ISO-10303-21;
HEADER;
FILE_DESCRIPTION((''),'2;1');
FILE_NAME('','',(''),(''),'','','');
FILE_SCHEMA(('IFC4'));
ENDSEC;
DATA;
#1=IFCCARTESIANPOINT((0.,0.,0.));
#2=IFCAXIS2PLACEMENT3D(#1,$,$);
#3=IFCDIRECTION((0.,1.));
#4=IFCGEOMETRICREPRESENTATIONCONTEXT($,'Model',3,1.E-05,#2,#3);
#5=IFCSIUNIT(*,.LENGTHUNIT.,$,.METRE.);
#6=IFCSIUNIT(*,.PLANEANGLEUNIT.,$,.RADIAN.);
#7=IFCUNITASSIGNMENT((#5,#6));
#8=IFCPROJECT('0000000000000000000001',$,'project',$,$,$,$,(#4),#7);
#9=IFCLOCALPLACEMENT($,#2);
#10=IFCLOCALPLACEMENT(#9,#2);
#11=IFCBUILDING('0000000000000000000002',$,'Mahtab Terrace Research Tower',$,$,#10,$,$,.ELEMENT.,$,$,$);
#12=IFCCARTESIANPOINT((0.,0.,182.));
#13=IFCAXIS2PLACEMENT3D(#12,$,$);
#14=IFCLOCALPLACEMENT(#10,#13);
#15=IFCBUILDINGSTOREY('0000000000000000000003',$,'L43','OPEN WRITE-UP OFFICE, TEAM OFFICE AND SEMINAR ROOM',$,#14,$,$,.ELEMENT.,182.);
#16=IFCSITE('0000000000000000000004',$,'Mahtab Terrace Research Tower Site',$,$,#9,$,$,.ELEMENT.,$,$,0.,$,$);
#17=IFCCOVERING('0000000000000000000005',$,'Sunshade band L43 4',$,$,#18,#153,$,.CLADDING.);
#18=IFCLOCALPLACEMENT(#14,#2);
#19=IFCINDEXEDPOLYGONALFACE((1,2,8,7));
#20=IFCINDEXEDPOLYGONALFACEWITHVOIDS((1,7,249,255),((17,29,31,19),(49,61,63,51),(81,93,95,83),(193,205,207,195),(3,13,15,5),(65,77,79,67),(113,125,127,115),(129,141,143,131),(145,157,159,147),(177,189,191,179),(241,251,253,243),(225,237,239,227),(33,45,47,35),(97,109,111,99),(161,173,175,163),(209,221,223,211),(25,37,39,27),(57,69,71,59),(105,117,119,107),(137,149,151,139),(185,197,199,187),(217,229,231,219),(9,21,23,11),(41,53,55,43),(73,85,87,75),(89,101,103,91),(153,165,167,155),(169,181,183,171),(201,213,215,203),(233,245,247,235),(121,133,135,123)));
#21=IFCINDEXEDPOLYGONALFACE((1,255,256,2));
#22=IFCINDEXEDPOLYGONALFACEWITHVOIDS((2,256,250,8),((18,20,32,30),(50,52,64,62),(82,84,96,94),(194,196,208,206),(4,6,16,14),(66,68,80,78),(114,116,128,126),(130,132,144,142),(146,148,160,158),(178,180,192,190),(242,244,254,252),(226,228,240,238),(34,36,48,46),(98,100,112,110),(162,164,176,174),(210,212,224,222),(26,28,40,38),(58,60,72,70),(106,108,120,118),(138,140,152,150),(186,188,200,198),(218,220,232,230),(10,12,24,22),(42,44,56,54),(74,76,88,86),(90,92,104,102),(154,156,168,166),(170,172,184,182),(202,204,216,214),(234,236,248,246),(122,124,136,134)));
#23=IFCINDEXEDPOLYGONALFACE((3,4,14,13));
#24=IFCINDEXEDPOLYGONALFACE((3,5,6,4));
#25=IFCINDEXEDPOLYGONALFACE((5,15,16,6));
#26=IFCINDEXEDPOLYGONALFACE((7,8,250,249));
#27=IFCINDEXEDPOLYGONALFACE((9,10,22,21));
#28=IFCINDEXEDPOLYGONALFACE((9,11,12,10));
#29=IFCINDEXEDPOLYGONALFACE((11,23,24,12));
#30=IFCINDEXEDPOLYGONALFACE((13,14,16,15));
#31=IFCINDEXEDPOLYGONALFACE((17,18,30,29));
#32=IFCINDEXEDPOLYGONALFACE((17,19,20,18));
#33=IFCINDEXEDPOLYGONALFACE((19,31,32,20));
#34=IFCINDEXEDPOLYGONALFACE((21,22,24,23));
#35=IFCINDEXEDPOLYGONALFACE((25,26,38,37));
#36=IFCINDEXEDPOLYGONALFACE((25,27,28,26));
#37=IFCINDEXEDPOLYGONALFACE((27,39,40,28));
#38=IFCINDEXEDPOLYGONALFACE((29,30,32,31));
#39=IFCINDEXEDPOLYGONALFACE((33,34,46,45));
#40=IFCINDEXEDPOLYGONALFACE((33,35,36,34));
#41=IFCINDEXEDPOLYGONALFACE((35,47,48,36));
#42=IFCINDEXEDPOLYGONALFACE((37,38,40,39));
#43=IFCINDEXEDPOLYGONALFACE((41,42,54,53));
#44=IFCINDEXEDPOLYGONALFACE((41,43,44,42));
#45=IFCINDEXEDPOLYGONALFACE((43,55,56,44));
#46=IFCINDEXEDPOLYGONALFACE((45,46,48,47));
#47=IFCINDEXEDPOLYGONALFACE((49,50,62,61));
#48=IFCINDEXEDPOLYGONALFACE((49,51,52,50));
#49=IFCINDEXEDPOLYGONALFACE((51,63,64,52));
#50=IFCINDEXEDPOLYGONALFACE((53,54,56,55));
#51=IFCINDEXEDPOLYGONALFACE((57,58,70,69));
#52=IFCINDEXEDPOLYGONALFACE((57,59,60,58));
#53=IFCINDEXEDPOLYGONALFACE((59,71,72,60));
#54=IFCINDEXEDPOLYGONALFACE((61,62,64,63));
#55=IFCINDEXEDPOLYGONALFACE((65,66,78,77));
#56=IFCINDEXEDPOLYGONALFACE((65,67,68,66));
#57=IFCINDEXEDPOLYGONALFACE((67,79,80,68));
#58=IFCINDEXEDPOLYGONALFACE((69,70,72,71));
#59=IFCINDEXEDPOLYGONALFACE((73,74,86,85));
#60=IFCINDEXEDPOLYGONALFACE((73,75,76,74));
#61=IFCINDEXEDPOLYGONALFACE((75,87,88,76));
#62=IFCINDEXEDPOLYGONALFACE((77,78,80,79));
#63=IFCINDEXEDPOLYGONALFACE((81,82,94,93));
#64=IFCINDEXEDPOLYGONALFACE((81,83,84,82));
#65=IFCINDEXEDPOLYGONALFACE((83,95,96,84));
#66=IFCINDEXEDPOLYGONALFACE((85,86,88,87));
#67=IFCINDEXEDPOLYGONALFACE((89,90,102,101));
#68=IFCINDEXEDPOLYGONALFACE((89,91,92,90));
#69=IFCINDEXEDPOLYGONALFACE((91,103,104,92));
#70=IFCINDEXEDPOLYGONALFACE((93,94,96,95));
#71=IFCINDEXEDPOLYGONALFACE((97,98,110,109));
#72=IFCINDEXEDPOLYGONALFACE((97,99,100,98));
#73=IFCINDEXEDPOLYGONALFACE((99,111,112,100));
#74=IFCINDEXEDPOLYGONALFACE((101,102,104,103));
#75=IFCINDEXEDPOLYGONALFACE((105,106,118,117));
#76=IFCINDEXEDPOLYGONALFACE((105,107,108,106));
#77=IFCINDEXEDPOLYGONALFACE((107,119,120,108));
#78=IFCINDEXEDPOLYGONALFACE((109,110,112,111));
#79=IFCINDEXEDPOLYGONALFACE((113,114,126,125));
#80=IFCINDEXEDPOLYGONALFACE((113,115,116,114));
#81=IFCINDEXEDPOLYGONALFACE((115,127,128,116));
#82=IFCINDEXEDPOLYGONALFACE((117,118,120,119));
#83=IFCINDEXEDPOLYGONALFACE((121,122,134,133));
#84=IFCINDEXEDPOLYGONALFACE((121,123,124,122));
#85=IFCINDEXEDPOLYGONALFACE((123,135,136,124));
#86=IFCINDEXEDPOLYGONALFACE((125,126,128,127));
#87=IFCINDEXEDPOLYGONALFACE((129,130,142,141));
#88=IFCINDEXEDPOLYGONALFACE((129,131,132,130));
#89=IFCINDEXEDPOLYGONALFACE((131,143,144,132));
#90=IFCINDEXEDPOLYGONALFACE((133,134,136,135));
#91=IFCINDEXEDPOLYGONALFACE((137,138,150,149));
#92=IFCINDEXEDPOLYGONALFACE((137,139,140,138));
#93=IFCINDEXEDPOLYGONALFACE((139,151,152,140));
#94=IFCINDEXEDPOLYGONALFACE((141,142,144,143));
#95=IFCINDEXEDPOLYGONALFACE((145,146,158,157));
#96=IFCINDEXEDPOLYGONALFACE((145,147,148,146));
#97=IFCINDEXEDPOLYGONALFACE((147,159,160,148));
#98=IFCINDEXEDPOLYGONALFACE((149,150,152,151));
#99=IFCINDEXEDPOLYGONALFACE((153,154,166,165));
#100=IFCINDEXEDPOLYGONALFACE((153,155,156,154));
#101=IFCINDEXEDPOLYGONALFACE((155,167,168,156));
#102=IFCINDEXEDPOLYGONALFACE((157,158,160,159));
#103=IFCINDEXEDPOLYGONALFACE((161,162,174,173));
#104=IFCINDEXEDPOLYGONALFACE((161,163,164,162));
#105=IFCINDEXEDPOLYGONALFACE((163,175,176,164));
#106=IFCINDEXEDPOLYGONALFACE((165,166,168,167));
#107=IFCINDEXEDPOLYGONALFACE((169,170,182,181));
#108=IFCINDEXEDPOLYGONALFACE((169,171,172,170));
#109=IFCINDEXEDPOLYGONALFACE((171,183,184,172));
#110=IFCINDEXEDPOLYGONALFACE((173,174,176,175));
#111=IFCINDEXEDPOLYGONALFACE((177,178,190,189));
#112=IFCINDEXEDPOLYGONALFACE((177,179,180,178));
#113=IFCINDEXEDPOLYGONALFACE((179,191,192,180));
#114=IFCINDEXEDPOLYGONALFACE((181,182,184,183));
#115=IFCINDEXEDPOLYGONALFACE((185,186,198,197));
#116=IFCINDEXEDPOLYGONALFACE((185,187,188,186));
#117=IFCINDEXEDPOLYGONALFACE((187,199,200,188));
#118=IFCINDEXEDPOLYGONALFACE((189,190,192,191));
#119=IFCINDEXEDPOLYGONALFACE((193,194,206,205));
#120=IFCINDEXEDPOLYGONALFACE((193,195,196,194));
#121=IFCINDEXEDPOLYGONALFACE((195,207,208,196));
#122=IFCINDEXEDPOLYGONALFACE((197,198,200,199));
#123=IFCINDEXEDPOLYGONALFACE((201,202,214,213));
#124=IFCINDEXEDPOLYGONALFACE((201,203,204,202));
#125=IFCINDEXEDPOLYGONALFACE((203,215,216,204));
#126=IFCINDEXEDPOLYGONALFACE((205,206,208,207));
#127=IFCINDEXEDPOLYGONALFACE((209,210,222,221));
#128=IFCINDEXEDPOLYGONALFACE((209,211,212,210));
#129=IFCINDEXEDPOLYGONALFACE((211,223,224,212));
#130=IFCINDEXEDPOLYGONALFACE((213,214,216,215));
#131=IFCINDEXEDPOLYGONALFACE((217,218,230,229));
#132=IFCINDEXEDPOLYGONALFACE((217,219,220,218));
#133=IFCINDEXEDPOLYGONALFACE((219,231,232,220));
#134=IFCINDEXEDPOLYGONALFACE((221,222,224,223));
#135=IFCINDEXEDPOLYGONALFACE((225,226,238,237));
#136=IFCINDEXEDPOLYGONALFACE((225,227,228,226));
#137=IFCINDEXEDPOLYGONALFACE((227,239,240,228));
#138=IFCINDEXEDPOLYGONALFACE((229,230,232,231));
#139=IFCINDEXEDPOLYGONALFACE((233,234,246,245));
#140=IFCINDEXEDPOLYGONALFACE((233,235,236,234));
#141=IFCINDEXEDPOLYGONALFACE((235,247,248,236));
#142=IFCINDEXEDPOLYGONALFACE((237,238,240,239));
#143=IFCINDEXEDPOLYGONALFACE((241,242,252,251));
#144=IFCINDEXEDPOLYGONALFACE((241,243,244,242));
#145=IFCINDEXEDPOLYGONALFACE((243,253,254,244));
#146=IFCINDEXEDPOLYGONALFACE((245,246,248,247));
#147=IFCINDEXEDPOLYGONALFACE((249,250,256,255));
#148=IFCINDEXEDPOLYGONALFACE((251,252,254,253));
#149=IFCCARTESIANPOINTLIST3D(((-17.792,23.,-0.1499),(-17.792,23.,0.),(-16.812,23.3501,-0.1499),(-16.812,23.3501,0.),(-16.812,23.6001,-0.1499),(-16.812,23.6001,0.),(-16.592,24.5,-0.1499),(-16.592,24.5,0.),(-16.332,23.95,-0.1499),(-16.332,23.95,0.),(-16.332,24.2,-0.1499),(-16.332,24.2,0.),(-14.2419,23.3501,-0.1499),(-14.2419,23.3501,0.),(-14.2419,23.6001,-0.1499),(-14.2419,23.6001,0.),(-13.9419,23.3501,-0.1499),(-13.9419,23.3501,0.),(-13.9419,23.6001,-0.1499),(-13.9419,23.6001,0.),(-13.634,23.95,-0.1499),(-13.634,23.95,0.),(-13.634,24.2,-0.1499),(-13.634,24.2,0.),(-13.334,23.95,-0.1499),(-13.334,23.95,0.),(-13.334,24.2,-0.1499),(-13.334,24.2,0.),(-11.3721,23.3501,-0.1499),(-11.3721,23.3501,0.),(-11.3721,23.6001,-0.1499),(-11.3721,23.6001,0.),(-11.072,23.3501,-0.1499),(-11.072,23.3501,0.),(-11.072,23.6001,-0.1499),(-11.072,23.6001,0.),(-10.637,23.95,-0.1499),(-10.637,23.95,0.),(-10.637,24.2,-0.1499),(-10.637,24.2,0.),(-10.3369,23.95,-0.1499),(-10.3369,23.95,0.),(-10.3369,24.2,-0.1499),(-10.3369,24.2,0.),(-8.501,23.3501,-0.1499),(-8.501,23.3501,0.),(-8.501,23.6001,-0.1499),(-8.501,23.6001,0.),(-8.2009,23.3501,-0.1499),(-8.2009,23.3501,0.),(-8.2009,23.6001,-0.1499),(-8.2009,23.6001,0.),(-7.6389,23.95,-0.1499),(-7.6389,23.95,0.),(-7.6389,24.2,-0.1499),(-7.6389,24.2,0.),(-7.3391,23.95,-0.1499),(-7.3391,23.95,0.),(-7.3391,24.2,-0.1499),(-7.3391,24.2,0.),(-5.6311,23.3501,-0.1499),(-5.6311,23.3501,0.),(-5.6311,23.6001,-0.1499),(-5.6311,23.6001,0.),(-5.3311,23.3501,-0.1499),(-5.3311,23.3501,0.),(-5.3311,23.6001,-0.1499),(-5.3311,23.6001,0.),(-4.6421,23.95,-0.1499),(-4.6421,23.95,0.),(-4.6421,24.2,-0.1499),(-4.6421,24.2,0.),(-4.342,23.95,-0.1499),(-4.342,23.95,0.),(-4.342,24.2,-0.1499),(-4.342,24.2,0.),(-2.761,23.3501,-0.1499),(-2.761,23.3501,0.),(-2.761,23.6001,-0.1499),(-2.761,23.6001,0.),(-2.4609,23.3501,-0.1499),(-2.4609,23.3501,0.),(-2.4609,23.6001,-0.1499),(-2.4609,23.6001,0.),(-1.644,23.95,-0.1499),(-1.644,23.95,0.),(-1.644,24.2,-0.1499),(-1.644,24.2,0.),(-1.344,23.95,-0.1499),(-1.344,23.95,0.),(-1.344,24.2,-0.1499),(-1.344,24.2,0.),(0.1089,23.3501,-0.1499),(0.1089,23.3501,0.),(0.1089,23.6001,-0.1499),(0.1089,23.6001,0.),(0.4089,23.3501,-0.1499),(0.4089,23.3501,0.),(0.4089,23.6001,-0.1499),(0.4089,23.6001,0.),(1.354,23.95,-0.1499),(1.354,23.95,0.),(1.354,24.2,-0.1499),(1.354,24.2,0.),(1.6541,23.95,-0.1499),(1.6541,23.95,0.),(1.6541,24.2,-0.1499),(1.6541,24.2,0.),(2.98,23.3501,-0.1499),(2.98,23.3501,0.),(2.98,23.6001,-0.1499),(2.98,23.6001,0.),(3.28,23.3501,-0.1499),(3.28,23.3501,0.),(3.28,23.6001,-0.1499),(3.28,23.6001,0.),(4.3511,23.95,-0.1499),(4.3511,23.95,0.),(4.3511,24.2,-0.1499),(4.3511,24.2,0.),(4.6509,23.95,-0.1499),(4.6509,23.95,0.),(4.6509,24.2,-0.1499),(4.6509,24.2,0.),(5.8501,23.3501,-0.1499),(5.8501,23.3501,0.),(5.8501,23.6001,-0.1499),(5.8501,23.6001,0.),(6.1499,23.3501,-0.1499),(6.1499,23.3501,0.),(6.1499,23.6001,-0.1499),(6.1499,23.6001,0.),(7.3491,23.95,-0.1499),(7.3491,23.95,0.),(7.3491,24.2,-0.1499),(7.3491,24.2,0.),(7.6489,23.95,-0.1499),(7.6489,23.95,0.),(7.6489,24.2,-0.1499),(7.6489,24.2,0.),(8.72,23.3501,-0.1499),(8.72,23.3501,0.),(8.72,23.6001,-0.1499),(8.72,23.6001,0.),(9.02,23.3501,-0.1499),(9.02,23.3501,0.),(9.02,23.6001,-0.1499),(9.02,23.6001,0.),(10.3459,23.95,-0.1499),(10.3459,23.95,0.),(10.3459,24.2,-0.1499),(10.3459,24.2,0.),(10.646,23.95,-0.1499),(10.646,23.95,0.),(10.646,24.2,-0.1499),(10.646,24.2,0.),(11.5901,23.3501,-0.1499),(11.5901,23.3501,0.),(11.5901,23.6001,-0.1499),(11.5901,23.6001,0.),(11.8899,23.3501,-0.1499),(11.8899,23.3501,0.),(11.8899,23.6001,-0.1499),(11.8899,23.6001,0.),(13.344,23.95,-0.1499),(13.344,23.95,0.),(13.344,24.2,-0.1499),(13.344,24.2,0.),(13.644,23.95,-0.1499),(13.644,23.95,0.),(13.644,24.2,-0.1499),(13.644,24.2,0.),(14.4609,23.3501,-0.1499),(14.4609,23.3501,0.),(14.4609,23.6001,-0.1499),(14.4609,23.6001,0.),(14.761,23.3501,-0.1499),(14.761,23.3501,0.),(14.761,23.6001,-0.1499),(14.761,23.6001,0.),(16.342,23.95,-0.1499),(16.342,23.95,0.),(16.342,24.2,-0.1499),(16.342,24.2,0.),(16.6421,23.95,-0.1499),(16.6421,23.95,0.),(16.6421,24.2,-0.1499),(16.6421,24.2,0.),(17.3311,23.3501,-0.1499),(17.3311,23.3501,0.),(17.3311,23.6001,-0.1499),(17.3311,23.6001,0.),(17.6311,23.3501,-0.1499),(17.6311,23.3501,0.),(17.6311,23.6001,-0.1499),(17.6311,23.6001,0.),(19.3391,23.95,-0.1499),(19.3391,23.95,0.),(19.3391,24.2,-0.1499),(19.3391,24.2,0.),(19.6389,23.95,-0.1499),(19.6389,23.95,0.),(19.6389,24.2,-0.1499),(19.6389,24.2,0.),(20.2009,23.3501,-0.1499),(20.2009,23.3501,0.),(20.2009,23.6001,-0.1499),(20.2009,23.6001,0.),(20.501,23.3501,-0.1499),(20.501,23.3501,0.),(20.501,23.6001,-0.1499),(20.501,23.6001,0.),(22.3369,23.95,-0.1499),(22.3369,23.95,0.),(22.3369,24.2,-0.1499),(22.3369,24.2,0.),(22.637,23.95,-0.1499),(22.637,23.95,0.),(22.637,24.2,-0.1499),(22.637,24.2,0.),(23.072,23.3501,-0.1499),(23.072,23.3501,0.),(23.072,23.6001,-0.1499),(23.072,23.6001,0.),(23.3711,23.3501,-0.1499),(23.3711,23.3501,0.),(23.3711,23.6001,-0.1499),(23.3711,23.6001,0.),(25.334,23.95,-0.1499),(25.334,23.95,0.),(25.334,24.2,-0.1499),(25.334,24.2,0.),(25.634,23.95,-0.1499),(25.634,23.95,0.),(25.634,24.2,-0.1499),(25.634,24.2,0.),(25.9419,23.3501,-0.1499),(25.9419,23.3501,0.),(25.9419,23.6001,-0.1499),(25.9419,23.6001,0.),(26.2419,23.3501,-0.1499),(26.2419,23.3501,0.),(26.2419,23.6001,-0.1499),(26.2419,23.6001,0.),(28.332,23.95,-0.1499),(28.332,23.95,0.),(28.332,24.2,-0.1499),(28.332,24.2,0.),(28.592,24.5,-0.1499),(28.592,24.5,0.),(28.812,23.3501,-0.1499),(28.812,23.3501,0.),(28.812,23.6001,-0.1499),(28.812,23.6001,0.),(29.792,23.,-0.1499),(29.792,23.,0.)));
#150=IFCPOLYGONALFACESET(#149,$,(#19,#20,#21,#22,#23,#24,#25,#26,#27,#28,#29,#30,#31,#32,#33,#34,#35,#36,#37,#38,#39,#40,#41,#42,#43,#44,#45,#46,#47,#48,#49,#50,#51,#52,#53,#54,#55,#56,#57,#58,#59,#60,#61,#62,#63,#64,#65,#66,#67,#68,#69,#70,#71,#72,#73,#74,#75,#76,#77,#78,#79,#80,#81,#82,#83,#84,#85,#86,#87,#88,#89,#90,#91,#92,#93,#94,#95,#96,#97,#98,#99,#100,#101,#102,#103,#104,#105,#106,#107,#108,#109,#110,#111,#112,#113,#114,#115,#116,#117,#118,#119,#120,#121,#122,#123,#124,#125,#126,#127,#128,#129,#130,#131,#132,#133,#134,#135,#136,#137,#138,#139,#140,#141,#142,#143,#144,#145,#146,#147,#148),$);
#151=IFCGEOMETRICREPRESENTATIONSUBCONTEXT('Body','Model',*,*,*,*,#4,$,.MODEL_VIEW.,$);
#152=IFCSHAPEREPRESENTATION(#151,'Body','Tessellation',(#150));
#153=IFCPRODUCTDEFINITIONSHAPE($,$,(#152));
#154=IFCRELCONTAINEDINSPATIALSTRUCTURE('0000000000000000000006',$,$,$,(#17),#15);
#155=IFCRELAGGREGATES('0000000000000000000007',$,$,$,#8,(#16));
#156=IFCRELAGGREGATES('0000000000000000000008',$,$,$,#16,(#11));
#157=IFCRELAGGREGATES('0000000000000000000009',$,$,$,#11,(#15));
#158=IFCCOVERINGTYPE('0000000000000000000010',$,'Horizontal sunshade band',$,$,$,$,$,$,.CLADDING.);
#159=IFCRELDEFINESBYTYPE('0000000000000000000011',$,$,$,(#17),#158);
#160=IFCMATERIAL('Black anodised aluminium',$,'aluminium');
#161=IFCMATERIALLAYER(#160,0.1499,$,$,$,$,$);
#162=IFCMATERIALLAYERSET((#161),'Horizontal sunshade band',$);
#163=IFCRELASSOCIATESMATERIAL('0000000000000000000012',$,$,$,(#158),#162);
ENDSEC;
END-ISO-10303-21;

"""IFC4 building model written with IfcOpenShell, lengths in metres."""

from ifc_helpers import new_model, si_unit, direction, frame, origin, place, context, subcontext, project, spatial, polyline, outline, extrude, material, layer, layer_set, type_object, element, save


model = new_model("IFC4")

# Units and contexts
model_context = context("Model", 3, precision=1e-05, world=origin(), true_north=direction((0.0, 1.0)))
body_context = subcontext(model_context, "Body", "Model", "MODEL_VIEW")
ifc_project = project(units=[si_unit("LENGTHUNIT", "METRE"), si_unit("PLANEANGLEUNIT", "RADIAN")], contexts=[model_context])

# Site, building, storey
site_placement = place(None, origin())
site = spatial("IfcSite", under=ifc_project, at=site_placement, Name="Mahtab Terrace Research Tower Site", CompositionType="ELEMENT", RefElevation=0.0)
building_placement = place(site_placement, origin())
building = spatial("IfcBuilding", under=site, at=building_placement, Name="Mahtab Terrace Research Tower", CompositionType="ELEMENT")
storey_placement = place(building_placement, frame((0.0, 0.0, 182.0)))
storey = spatial("IfcBuildingStorey", under=building, at=storey_placement, Name="L43", Description="OPEN WRITE-UP OFFICE, TEAM OFFICE AND SEMINAR ROOM", CompositionType="ELEMENT", Elevation=182.0)

# Covering
ifc_material_1 = material(Name="Black anodised aluminium", Category="aluminium")
ifc_layer_1 = layer(ifc_material_1, 0.1499)
ifc_layer_set_1 = layer_set([ifc_layer_1], Name="Horizontal sunshade band")
covering_type = type_object("IfcCoveringType", Name="Horizontal sunshade band", PredefinedType="CLADDING", material=ifc_layer_set_1)
covering_1_placement = place(storey_placement, frame((0.0, 0.0, -0.1499)))
element("IfcCovering", 1, at=covering_1_placement, inside=storey, type_object=covering_type, Name="Sunshade band L43 4", PredefinedType="CLADDING", context=body_context, shape_type="SweptSolid", body=[
    extrude(outline(polyline([(29.792, 23.0), (-17.792, 23.0), (-16.592, 24.5), (28.592, 24.5), (29.792, 23.0)]), holes=[polyline([(28.812, 23.3501), (26.2419, 23.3501), (26.2419, 23.6001), (28.812, 23.6001), (28.812, 23.3501)]), polyline([(25.9419, 23.3501), (23.3711, 23.3501), (23.3711, 23.6001), (25.9419, 23.6001), (25.9419, 23.3501)]), polyline([(23.072, 23.3501), (20.501, 23.3501), (20.501, 23.6001), (23.072, 23.6001), (23.072, 23.3501)]), polyline([(20.2009, 23.3501), (17.6311, 23.3501), (17.6311, 23.6001), (20.2009, 23.6001), (20.2009, 23.3501)]), polyline([(17.3311, 23.3501), (14.761, 23.3501), (14.761, 23.6001), (17.3311, 23.6001), (17.3311, 23.3501)]), polyline([(14.4609, 23.3501), (11.8899, 23.3501), (11.8899, 23.6001), (14.4609, 23.6001), (14.4609, 23.3501)]), polyline([(11.5901, 23.3501), (9.02, 23.3501), (9.02, 23.6001), (11.5901, 23.6001), (11.5901, 23.3501)]), polyline([(8.72, 23.3501), (6.1499, 23.3501), (6.1499, 23.6001), (8.72, 23.6001), (8.72, 23.3501)]), polyline([(5.8501, 23.3501), (3.28, 23.3501), (3.28, 23.6001), (5.8501, 23.6001), (5.8501, 23.3501)]), polyline([(2.98, 23.3501), (0.4089, 23.3501), (0.4089, 23.6001), (2.98, 23.6001), (2.98, 23.3501)]), polyline([(0.1089, 23.3501), (-2.4609, 23.3501), (-2.4609, 23.6001), (0.1089, 23.6001), (0.1089, 23.3501)]), polyline([(-2.761, 23.3501), (-5.3311, 23.3501), (-5.3311, 23.6001), (-2.761, 23.6001), (-2.761, 23.3501)]), polyline([(-5.6311, 23.3501), (-8.2009, 23.3501), (-8.2009, 23.6001), (-5.6311, 23.6001), (-5.6311, 23.3501)]), polyline([(-8.501, 23.3501), (-11.072, 23.3501), (-11.072, 23.6001), (-8.501, 23.6001), (-8.501, 23.3501)]), polyline([(-11.3721, 23.3501), (-13.9419, 23.3501), (-13.9419, 23.6001), (-11.3721, 23.6001), (-11.3721, 23.3501)]), polyline([(-14.2419, 23.3501), (-16.812, 23.3501), (-16.812, 23.6001), (-14.2419, 23.6001), (-14.2419, 23.3501)]), polyline([(28.332, 23.95), (25.634, 23.95), (25.634, 24.2), (28.332, 24.2), (28.332, 23.95)]), polyline([(25.334, 23.95), (22.637, 23.95), (22.637, 24.2), (25.334, 24.2), (25.334, 23.95)]), polyline([(22.3369, 23.95), (19.6389, 23.95), (19.6389, 24.2), (22.3369, 24.2), (22.3369, 23.95)]), polyline([(19.3391, 23.95), (16.6421, 23.95), (16.6421, 24.2), (19.3391, 24.2), (19.3391, 23.95)]), polyline([(16.342, 23.95), (13.644, 23.95), (13.644, 24.2), (16.342, 24.2), (16.342, 23.95)]), polyline([(13.344, 23.95), (10.646, 23.95), (10.646, 24.2), (13.344, 24.2), (13.344, 23.95)]), polyline([(10.3459, 23.95), (7.6489, 23.95), (7.6489, 24.2), (10.3459, 24.2), (10.3459, 23.95)]), polyline([(7.3491, 23.95), (4.6509, 23.95), (4.6509, 24.2), (7.3491, 24.2), (7.3491, 23.95)]), polyline([(4.3511, 23.95), (1.6541, 23.95), (1.6541, 24.2), (4.3511, 24.2), (4.3511, 23.95)]), polyline([(1.354, 23.95), (-1.344, 23.95), (-1.344, 24.2), (1.354, 24.2), (1.354, 23.95)]), polyline([(-1.644, 23.95), (-4.342, 23.95), (-4.342, 24.2), (-1.644, 24.2), (-1.644, 23.95)]), polyline([(-4.6421, 23.95), (-7.3391, 23.95), (-7.3391, 24.2), (-4.6421, 24.2), (-4.6421, 23.95)]), polyline([(-7.6389, 23.95), (-10.3369, 23.95), (-10.3369, 24.2), (-7.6389, 24.2), (-7.6389, 23.95)]), polyline([(-10.637, 23.95), (-13.334, 23.95), (-13.334, 24.2), (-10.637, 24.2), (-10.637, 23.95)]), polyline([(-13.634, 23.95), (-16.332, 23.95), (-16.332, 24.2), (-13.634, 24.2), (-13.634, 23.95)])]), origin(), (0.0, 0.0, 1.0), 0.1499),
])

save(model, "model.ifc")
